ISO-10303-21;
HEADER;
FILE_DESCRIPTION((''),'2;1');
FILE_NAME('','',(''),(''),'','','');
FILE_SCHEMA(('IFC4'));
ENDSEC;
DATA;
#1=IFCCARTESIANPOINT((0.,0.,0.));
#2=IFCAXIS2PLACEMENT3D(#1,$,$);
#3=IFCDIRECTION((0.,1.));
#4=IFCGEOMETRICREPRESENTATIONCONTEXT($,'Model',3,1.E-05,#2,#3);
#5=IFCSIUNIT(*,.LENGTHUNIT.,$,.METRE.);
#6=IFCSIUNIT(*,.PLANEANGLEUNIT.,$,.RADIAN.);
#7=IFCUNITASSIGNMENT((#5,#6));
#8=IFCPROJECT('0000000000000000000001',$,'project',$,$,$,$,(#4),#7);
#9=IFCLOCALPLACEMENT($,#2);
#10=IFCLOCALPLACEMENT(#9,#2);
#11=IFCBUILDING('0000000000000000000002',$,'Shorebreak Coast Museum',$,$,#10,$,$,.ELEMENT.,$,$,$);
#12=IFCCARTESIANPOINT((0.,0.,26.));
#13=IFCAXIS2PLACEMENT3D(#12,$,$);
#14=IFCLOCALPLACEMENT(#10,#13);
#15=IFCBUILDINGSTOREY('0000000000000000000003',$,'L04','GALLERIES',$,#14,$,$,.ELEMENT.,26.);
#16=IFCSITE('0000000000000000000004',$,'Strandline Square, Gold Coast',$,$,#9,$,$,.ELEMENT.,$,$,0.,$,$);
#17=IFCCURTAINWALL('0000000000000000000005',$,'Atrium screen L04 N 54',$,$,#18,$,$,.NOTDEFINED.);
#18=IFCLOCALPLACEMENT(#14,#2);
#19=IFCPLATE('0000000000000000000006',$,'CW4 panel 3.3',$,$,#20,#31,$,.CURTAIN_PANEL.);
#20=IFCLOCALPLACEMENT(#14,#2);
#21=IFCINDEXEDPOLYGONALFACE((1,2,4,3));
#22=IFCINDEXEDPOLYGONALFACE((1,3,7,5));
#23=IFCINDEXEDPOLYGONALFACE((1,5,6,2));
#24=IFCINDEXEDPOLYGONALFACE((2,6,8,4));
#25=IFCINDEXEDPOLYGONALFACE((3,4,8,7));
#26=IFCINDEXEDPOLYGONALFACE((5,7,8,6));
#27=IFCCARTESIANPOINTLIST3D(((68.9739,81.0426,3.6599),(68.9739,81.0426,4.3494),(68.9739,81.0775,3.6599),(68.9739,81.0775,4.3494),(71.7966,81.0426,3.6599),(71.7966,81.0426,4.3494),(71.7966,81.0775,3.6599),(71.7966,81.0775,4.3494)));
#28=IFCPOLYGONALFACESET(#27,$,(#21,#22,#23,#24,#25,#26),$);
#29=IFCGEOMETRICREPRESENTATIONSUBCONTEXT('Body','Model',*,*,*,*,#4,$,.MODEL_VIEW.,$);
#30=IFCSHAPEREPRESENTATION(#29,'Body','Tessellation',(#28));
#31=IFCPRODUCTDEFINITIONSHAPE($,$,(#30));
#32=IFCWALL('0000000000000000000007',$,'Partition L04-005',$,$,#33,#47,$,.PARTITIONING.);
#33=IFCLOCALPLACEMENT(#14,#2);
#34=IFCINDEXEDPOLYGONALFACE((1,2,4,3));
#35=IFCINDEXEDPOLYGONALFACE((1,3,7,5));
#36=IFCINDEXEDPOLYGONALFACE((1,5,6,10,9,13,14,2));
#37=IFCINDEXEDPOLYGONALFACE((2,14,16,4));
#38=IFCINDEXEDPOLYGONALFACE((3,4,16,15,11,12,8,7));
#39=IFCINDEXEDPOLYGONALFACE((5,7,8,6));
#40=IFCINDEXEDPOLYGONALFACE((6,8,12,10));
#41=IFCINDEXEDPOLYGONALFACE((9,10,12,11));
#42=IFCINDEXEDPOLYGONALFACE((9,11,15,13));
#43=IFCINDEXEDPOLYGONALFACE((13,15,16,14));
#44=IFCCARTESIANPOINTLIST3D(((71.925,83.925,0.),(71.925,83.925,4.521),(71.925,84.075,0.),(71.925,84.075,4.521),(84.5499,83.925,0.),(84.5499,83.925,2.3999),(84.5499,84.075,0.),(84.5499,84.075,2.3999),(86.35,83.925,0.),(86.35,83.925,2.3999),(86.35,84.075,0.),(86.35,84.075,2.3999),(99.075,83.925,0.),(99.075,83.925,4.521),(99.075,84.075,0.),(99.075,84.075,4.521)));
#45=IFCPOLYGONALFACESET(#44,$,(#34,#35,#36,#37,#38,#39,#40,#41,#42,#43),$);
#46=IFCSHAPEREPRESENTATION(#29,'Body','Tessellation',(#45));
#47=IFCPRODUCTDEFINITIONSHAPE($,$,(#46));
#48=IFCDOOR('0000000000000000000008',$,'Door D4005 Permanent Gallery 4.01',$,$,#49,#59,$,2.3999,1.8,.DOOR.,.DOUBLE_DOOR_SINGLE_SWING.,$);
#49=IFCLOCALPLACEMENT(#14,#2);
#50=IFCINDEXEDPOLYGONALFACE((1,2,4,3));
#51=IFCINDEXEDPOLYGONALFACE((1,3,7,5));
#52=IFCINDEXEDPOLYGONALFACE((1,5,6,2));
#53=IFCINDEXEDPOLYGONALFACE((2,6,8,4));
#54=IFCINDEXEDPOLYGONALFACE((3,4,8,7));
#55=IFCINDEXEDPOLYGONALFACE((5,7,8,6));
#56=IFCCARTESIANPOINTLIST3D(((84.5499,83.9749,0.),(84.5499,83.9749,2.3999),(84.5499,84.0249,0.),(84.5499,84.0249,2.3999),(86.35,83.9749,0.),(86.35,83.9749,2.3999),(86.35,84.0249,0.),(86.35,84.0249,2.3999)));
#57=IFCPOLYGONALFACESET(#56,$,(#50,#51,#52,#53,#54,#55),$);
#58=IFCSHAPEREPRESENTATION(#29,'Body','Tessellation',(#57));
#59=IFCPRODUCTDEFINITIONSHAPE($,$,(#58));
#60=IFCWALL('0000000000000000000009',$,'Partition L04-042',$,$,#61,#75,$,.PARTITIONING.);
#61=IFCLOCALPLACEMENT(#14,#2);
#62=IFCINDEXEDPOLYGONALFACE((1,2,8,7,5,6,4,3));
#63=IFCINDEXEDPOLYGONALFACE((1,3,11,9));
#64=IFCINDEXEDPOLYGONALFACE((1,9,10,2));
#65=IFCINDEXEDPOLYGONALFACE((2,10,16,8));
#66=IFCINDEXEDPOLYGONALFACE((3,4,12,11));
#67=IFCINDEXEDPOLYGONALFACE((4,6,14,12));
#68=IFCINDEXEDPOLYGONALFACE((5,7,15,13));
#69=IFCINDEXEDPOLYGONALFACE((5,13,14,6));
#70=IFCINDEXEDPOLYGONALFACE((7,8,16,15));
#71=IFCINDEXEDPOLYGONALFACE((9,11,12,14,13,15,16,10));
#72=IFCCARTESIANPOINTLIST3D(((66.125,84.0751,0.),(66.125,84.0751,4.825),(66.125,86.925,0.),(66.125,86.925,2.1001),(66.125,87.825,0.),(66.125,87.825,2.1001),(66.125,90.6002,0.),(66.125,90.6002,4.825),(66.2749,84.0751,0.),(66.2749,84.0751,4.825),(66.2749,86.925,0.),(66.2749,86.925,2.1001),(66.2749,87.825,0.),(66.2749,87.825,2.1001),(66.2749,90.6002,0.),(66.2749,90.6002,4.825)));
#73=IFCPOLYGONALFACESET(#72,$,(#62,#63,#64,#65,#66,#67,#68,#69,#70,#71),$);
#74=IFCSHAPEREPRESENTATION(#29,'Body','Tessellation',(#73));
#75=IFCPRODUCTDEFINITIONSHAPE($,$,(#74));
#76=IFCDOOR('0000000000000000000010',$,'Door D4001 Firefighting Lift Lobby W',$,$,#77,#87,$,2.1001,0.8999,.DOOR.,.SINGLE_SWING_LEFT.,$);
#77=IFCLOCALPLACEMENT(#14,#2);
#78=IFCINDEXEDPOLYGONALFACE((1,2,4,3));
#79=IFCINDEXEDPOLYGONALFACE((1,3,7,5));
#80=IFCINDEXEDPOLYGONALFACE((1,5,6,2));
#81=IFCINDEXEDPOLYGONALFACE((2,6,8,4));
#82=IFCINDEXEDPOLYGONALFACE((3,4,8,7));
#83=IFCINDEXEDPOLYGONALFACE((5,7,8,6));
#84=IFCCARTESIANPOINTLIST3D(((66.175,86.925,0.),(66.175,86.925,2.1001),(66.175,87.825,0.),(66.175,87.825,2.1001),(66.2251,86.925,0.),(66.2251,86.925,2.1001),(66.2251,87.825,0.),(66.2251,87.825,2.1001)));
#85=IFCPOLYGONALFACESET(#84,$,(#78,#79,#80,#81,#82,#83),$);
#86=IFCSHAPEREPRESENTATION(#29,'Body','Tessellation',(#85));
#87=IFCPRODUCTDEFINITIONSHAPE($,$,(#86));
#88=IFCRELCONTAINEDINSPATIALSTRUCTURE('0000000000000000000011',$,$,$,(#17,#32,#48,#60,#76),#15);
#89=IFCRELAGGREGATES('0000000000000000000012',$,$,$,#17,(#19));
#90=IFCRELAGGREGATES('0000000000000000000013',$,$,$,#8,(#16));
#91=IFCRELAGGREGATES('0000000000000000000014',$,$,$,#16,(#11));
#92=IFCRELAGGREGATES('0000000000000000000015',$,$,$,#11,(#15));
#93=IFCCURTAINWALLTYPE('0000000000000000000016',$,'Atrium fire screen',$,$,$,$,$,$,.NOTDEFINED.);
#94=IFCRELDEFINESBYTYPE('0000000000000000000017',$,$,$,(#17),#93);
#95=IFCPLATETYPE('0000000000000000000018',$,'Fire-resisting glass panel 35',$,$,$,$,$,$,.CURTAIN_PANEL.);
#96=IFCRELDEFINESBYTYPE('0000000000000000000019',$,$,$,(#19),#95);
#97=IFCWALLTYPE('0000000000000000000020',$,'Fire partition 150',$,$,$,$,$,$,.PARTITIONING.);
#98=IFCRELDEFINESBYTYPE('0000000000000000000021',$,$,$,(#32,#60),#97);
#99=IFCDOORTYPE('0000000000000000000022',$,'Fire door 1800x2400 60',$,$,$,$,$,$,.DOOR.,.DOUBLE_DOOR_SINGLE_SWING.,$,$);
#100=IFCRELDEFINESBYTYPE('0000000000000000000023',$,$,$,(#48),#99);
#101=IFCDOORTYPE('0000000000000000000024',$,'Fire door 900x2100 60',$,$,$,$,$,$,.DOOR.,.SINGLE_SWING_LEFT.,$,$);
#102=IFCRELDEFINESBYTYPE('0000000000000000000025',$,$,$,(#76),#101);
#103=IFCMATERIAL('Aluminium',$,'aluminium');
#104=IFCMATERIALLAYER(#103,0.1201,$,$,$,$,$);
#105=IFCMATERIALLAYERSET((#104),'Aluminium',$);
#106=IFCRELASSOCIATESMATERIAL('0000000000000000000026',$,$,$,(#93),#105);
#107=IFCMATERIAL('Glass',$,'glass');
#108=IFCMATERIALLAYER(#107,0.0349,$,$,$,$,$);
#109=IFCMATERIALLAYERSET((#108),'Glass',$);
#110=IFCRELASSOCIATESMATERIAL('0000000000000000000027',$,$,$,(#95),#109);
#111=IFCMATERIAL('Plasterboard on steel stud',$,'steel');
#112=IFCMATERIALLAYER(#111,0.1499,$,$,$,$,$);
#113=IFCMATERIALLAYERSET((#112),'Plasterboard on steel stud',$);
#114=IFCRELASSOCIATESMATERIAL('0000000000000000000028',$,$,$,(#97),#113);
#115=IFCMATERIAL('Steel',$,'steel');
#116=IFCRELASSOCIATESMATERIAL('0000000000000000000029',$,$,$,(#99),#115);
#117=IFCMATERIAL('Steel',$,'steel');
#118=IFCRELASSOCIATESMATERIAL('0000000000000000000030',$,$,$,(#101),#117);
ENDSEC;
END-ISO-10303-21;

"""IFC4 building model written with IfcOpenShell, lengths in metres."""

from ifc_helpers import new_model, si_unit, direction, frame, frame_2d, origin, origin_2d, place, context, subcontext, project, spatial, rectangle, extrude, material, layer, layer_set, type_object, element, fill, aggregate, save


model = new_model("IFC4")

# Units and contexts
model_context = context("Model", 3, precision=1e-05, world=origin(), true_north=direction((0.0, 1.0)))
body_context = subcontext(model_context, "Body", "Model", "MODEL_VIEW")
ifc_project = project(units=[si_unit("LENGTHUNIT", "METRE"), si_unit("PLANEANGLEUNIT", "RADIAN")], contexts=[model_context])

# Site, building, storey
site_placement = place(None, origin())
site = spatial("IfcSite", under=ifc_project, at=site_placement, Name="Strandline Square, Gold Coast", CompositionType="ELEMENT", RefElevation=0.0)
building_placement = place(site_placement, origin())
building = spatial("IfcBuilding", under=site, at=building_placement, Name="Shorebreak Coast Museum", CompositionType="ELEMENT")
storey_placement = place(building_placement, frame((0.0, 0.0, 26.0)))
storey = spatial("IfcBuildingStorey", under=building, at=storey_placement, Name="L04", Description="GALLERIES", CompositionType="ELEMENT", Elevation=26.0)

# Curtain wall, plate
ifc_material_1 = material(Name="Aluminium", Category="aluminium")
ifc_layer_1 = layer(ifc_material_1, 0.1201)
ifc_layer_set_1 = layer_set([ifc_layer_1], Name="Aluminium")
curtain_wall_type = type_object("IfcCurtainWallType", Name="Atrium fire screen", PredefinedType="NOTDEFINED", material=ifc_layer_set_1)
curtain_wall_placement = place(storey_placement, origin())
curtain_wall = element("IfcCurtainWall", 1, at=curtain_wall_placement, inside=storey, type_object=curtain_wall_type, Name="Atrium screen L04 N 54", PredefinedType="NOTDEFINED")
ifc_material_2 = material(Name="Glass", Category="glass")
ifc_layer_2 = layer(ifc_material_2, 0.0349)
ifc_layer_set_2 = layer_set([ifc_layer_2], Name="Glass")
plate_type = type_object("IfcPlateType", Name="Fire-resisting glass panel 35", PredefinedType="CURTAIN_PANEL", material=ifc_layer_set_2)
plate_1_placement = place(storey_placement, frame((70.3853, 81.0601, 3.6599), z_axis=(0.0, 0.0, 1.0), x_axis=(1.0, 0.0, 0.0)))
plate_1 = element("IfcPlate", 2, at=plate_1_placement, type_object=plate_type, Name="CW4 panel 3.3", PredefinedType="CURTAIN_PANEL", context=body_context, shape_type="SweptSolid", body=[
    extrude(rectangle(XDim=2.8228, YDim=0.0349, at=origin_2d()), origin(), (0.0, 0.0, 1.0), 0.6895),
])
aggregate(curtain_wall, [plate_1])

# Walls, openings, doors
ifc_material_3 = material(Name="Plasterboard on steel stud", Category="steel")
ifc_layer_3 = layer(ifc_material_3, 0.1499)
ifc_layer_set_3 = layer_set([ifc_layer_3], Name="Plasterboard on steel stud")
wall_type = type_object("IfcWallType", Name="Fire partition 150", PredefinedType="PARTITIONING", material=ifc_layer_set_3)
wall_1_placement = place(storey_placement, frame((71.925, 84.0, 0.0), z_axis=(0.0, 0.0, 1.0), x_axis=(1.0, 0.0, 0.0)))
wall_1 = element("IfcWall", 3, at=wall_1_placement, inside=storey, type_object=wall_type, Name="Partition L04-005", PredefinedType="PARTITIONING", context=body_context, shape_type="SweptSolid", body=[
    extrude(rectangle(XDim=27.1499, YDim=0.1499, at=frame_2d((13.575, 0.0))), origin(), (0.0, 0.0, 1.0), 4.521),
])
opening_1_placement = place(wall_1_placement, frame((12.625, 0.0, 0.0)))
opening_1 = element("IfcOpeningElement", 4, at=opening_1_placement, cuts=wall_1, PredefinedType="OPENING", context=body_context, shape_type="SweptSolid", body=[
    extrude(rectangle(XDim=1.8, YDim=2.3999, at=frame_2d((0.8999, 1.2))), frame((0.0, 0.085, 0.0), z_axis=(0.0, -1.0, 0.0), x_axis=(1.0, 0.0, 0.0)), (0.0, 0.0, 1.0), 0.1699),
])
ifc_material_4 = material(Name="Steel", Category="steel")
door_type_1 = type_object("IfcDoorType", Name="Fire door 1800x2400 60", OperationType="DOUBLE_DOOR_SINGLE_SWING", PredefinedType="DOOR", material=ifc_material_4)
door_1_placement = place(opening_1_placement, origin())
door_1 = element("IfcDoor", 5, at=door_1_placement, inside=storey, type_object=door_type_1, Name="Door D4005 Permanent Gallery 4.01", OperationType="DOUBLE_DOOR_SINGLE_SWING", OverallHeight=2.3999, OverallWidth=1.8, PredefinedType="DOOR", context=body_context, shape_type="SweptSolid", body=[
    extrude(rectangle(XDim=1.8, YDim=2.3999, at=frame_2d((0.8999, 1.2))), frame((0.0, 0.0249, 0.0), z_axis=(0.0, -1.0, 0.0), x_axis=(1.0, 0.0, 0.0)), (0.0, 0.0, 1.0), 0.05),
])
fill(opening_1, door_1)
wall_2_placement = place(storey_placement, frame((66.2, 84.075, 0.0), z_axis=(0.0, 0.0, 1.0), x_axis=(0.0, 1.0, 0.0)))
wall_2 = element("IfcWall", 6, at=wall_2_placement, inside=storey, type_object=wall_type, Name="Partition L04-042", PredefinedType="PARTITIONING", context=body_context, shape_type="SweptSolid", body=[
    extrude(rectangle(XDim=6.5251, YDim=0.1499, at=frame_2d((3.2627, 0.0))), origin(), (0.0, 0.0, 1.0), 4.825),
])
opening_2_placement = place(wall_2_placement, frame((2.8501, 0.0, 0.0)))
opening_2 = element("IfcOpeningElement", 7, at=opening_2_placement, cuts=wall_2, PredefinedType="OPENING", context=body_context, shape_type="SweptSolid", body=[
    extrude(rectangle(XDim=0.8999, YDim=2.1001, at=frame_2d((0.45, 1.05))), frame((0.0, 0.085, 0.0), z_axis=(0.0, -1.0, 0.0), x_axis=(1.0, 0.0, 0.0)), (0.0, 0.0, 1.0), 0.1699),
])
ifc_material_5 = material(Name="Steel", Category="steel")
door_type_2 = type_object("IfcDoorType", Name="Fire door 900x2100 60", OperationType="SINGLE_SWING_LEFT", PredefinedType="DOOR", material=ifc_material_5)
door_2_placement = place(opening_2_placement, origin())
door_2 = element("IfcDoor", 8, at=door_2_placement, inside=storey, type_object=door_type_2, Name="Door D4001 Firefighting Lift Lobby W", OperationType="SINGLE_SWING_LEFT", OverallHeight=2.1001, OverallWidth=0.8999, PredefinedType="DOOR", context=body_context, shape_type="SweptSolid", body=[
    extrude(rectangle(XDim=0.8999, YDim=2.1001, at=frame_2d((0.45, 1.05))), frame((0.0, 0.0249, 0.0), z_axis=(0.0, -1.0, 0.0), x_axis=(1.0, 0.0, 0.0)), (0.0, 0.0, 1.0), 0.05),
])
fill(opening_2, door_2)

save(model, "model.ifc")
